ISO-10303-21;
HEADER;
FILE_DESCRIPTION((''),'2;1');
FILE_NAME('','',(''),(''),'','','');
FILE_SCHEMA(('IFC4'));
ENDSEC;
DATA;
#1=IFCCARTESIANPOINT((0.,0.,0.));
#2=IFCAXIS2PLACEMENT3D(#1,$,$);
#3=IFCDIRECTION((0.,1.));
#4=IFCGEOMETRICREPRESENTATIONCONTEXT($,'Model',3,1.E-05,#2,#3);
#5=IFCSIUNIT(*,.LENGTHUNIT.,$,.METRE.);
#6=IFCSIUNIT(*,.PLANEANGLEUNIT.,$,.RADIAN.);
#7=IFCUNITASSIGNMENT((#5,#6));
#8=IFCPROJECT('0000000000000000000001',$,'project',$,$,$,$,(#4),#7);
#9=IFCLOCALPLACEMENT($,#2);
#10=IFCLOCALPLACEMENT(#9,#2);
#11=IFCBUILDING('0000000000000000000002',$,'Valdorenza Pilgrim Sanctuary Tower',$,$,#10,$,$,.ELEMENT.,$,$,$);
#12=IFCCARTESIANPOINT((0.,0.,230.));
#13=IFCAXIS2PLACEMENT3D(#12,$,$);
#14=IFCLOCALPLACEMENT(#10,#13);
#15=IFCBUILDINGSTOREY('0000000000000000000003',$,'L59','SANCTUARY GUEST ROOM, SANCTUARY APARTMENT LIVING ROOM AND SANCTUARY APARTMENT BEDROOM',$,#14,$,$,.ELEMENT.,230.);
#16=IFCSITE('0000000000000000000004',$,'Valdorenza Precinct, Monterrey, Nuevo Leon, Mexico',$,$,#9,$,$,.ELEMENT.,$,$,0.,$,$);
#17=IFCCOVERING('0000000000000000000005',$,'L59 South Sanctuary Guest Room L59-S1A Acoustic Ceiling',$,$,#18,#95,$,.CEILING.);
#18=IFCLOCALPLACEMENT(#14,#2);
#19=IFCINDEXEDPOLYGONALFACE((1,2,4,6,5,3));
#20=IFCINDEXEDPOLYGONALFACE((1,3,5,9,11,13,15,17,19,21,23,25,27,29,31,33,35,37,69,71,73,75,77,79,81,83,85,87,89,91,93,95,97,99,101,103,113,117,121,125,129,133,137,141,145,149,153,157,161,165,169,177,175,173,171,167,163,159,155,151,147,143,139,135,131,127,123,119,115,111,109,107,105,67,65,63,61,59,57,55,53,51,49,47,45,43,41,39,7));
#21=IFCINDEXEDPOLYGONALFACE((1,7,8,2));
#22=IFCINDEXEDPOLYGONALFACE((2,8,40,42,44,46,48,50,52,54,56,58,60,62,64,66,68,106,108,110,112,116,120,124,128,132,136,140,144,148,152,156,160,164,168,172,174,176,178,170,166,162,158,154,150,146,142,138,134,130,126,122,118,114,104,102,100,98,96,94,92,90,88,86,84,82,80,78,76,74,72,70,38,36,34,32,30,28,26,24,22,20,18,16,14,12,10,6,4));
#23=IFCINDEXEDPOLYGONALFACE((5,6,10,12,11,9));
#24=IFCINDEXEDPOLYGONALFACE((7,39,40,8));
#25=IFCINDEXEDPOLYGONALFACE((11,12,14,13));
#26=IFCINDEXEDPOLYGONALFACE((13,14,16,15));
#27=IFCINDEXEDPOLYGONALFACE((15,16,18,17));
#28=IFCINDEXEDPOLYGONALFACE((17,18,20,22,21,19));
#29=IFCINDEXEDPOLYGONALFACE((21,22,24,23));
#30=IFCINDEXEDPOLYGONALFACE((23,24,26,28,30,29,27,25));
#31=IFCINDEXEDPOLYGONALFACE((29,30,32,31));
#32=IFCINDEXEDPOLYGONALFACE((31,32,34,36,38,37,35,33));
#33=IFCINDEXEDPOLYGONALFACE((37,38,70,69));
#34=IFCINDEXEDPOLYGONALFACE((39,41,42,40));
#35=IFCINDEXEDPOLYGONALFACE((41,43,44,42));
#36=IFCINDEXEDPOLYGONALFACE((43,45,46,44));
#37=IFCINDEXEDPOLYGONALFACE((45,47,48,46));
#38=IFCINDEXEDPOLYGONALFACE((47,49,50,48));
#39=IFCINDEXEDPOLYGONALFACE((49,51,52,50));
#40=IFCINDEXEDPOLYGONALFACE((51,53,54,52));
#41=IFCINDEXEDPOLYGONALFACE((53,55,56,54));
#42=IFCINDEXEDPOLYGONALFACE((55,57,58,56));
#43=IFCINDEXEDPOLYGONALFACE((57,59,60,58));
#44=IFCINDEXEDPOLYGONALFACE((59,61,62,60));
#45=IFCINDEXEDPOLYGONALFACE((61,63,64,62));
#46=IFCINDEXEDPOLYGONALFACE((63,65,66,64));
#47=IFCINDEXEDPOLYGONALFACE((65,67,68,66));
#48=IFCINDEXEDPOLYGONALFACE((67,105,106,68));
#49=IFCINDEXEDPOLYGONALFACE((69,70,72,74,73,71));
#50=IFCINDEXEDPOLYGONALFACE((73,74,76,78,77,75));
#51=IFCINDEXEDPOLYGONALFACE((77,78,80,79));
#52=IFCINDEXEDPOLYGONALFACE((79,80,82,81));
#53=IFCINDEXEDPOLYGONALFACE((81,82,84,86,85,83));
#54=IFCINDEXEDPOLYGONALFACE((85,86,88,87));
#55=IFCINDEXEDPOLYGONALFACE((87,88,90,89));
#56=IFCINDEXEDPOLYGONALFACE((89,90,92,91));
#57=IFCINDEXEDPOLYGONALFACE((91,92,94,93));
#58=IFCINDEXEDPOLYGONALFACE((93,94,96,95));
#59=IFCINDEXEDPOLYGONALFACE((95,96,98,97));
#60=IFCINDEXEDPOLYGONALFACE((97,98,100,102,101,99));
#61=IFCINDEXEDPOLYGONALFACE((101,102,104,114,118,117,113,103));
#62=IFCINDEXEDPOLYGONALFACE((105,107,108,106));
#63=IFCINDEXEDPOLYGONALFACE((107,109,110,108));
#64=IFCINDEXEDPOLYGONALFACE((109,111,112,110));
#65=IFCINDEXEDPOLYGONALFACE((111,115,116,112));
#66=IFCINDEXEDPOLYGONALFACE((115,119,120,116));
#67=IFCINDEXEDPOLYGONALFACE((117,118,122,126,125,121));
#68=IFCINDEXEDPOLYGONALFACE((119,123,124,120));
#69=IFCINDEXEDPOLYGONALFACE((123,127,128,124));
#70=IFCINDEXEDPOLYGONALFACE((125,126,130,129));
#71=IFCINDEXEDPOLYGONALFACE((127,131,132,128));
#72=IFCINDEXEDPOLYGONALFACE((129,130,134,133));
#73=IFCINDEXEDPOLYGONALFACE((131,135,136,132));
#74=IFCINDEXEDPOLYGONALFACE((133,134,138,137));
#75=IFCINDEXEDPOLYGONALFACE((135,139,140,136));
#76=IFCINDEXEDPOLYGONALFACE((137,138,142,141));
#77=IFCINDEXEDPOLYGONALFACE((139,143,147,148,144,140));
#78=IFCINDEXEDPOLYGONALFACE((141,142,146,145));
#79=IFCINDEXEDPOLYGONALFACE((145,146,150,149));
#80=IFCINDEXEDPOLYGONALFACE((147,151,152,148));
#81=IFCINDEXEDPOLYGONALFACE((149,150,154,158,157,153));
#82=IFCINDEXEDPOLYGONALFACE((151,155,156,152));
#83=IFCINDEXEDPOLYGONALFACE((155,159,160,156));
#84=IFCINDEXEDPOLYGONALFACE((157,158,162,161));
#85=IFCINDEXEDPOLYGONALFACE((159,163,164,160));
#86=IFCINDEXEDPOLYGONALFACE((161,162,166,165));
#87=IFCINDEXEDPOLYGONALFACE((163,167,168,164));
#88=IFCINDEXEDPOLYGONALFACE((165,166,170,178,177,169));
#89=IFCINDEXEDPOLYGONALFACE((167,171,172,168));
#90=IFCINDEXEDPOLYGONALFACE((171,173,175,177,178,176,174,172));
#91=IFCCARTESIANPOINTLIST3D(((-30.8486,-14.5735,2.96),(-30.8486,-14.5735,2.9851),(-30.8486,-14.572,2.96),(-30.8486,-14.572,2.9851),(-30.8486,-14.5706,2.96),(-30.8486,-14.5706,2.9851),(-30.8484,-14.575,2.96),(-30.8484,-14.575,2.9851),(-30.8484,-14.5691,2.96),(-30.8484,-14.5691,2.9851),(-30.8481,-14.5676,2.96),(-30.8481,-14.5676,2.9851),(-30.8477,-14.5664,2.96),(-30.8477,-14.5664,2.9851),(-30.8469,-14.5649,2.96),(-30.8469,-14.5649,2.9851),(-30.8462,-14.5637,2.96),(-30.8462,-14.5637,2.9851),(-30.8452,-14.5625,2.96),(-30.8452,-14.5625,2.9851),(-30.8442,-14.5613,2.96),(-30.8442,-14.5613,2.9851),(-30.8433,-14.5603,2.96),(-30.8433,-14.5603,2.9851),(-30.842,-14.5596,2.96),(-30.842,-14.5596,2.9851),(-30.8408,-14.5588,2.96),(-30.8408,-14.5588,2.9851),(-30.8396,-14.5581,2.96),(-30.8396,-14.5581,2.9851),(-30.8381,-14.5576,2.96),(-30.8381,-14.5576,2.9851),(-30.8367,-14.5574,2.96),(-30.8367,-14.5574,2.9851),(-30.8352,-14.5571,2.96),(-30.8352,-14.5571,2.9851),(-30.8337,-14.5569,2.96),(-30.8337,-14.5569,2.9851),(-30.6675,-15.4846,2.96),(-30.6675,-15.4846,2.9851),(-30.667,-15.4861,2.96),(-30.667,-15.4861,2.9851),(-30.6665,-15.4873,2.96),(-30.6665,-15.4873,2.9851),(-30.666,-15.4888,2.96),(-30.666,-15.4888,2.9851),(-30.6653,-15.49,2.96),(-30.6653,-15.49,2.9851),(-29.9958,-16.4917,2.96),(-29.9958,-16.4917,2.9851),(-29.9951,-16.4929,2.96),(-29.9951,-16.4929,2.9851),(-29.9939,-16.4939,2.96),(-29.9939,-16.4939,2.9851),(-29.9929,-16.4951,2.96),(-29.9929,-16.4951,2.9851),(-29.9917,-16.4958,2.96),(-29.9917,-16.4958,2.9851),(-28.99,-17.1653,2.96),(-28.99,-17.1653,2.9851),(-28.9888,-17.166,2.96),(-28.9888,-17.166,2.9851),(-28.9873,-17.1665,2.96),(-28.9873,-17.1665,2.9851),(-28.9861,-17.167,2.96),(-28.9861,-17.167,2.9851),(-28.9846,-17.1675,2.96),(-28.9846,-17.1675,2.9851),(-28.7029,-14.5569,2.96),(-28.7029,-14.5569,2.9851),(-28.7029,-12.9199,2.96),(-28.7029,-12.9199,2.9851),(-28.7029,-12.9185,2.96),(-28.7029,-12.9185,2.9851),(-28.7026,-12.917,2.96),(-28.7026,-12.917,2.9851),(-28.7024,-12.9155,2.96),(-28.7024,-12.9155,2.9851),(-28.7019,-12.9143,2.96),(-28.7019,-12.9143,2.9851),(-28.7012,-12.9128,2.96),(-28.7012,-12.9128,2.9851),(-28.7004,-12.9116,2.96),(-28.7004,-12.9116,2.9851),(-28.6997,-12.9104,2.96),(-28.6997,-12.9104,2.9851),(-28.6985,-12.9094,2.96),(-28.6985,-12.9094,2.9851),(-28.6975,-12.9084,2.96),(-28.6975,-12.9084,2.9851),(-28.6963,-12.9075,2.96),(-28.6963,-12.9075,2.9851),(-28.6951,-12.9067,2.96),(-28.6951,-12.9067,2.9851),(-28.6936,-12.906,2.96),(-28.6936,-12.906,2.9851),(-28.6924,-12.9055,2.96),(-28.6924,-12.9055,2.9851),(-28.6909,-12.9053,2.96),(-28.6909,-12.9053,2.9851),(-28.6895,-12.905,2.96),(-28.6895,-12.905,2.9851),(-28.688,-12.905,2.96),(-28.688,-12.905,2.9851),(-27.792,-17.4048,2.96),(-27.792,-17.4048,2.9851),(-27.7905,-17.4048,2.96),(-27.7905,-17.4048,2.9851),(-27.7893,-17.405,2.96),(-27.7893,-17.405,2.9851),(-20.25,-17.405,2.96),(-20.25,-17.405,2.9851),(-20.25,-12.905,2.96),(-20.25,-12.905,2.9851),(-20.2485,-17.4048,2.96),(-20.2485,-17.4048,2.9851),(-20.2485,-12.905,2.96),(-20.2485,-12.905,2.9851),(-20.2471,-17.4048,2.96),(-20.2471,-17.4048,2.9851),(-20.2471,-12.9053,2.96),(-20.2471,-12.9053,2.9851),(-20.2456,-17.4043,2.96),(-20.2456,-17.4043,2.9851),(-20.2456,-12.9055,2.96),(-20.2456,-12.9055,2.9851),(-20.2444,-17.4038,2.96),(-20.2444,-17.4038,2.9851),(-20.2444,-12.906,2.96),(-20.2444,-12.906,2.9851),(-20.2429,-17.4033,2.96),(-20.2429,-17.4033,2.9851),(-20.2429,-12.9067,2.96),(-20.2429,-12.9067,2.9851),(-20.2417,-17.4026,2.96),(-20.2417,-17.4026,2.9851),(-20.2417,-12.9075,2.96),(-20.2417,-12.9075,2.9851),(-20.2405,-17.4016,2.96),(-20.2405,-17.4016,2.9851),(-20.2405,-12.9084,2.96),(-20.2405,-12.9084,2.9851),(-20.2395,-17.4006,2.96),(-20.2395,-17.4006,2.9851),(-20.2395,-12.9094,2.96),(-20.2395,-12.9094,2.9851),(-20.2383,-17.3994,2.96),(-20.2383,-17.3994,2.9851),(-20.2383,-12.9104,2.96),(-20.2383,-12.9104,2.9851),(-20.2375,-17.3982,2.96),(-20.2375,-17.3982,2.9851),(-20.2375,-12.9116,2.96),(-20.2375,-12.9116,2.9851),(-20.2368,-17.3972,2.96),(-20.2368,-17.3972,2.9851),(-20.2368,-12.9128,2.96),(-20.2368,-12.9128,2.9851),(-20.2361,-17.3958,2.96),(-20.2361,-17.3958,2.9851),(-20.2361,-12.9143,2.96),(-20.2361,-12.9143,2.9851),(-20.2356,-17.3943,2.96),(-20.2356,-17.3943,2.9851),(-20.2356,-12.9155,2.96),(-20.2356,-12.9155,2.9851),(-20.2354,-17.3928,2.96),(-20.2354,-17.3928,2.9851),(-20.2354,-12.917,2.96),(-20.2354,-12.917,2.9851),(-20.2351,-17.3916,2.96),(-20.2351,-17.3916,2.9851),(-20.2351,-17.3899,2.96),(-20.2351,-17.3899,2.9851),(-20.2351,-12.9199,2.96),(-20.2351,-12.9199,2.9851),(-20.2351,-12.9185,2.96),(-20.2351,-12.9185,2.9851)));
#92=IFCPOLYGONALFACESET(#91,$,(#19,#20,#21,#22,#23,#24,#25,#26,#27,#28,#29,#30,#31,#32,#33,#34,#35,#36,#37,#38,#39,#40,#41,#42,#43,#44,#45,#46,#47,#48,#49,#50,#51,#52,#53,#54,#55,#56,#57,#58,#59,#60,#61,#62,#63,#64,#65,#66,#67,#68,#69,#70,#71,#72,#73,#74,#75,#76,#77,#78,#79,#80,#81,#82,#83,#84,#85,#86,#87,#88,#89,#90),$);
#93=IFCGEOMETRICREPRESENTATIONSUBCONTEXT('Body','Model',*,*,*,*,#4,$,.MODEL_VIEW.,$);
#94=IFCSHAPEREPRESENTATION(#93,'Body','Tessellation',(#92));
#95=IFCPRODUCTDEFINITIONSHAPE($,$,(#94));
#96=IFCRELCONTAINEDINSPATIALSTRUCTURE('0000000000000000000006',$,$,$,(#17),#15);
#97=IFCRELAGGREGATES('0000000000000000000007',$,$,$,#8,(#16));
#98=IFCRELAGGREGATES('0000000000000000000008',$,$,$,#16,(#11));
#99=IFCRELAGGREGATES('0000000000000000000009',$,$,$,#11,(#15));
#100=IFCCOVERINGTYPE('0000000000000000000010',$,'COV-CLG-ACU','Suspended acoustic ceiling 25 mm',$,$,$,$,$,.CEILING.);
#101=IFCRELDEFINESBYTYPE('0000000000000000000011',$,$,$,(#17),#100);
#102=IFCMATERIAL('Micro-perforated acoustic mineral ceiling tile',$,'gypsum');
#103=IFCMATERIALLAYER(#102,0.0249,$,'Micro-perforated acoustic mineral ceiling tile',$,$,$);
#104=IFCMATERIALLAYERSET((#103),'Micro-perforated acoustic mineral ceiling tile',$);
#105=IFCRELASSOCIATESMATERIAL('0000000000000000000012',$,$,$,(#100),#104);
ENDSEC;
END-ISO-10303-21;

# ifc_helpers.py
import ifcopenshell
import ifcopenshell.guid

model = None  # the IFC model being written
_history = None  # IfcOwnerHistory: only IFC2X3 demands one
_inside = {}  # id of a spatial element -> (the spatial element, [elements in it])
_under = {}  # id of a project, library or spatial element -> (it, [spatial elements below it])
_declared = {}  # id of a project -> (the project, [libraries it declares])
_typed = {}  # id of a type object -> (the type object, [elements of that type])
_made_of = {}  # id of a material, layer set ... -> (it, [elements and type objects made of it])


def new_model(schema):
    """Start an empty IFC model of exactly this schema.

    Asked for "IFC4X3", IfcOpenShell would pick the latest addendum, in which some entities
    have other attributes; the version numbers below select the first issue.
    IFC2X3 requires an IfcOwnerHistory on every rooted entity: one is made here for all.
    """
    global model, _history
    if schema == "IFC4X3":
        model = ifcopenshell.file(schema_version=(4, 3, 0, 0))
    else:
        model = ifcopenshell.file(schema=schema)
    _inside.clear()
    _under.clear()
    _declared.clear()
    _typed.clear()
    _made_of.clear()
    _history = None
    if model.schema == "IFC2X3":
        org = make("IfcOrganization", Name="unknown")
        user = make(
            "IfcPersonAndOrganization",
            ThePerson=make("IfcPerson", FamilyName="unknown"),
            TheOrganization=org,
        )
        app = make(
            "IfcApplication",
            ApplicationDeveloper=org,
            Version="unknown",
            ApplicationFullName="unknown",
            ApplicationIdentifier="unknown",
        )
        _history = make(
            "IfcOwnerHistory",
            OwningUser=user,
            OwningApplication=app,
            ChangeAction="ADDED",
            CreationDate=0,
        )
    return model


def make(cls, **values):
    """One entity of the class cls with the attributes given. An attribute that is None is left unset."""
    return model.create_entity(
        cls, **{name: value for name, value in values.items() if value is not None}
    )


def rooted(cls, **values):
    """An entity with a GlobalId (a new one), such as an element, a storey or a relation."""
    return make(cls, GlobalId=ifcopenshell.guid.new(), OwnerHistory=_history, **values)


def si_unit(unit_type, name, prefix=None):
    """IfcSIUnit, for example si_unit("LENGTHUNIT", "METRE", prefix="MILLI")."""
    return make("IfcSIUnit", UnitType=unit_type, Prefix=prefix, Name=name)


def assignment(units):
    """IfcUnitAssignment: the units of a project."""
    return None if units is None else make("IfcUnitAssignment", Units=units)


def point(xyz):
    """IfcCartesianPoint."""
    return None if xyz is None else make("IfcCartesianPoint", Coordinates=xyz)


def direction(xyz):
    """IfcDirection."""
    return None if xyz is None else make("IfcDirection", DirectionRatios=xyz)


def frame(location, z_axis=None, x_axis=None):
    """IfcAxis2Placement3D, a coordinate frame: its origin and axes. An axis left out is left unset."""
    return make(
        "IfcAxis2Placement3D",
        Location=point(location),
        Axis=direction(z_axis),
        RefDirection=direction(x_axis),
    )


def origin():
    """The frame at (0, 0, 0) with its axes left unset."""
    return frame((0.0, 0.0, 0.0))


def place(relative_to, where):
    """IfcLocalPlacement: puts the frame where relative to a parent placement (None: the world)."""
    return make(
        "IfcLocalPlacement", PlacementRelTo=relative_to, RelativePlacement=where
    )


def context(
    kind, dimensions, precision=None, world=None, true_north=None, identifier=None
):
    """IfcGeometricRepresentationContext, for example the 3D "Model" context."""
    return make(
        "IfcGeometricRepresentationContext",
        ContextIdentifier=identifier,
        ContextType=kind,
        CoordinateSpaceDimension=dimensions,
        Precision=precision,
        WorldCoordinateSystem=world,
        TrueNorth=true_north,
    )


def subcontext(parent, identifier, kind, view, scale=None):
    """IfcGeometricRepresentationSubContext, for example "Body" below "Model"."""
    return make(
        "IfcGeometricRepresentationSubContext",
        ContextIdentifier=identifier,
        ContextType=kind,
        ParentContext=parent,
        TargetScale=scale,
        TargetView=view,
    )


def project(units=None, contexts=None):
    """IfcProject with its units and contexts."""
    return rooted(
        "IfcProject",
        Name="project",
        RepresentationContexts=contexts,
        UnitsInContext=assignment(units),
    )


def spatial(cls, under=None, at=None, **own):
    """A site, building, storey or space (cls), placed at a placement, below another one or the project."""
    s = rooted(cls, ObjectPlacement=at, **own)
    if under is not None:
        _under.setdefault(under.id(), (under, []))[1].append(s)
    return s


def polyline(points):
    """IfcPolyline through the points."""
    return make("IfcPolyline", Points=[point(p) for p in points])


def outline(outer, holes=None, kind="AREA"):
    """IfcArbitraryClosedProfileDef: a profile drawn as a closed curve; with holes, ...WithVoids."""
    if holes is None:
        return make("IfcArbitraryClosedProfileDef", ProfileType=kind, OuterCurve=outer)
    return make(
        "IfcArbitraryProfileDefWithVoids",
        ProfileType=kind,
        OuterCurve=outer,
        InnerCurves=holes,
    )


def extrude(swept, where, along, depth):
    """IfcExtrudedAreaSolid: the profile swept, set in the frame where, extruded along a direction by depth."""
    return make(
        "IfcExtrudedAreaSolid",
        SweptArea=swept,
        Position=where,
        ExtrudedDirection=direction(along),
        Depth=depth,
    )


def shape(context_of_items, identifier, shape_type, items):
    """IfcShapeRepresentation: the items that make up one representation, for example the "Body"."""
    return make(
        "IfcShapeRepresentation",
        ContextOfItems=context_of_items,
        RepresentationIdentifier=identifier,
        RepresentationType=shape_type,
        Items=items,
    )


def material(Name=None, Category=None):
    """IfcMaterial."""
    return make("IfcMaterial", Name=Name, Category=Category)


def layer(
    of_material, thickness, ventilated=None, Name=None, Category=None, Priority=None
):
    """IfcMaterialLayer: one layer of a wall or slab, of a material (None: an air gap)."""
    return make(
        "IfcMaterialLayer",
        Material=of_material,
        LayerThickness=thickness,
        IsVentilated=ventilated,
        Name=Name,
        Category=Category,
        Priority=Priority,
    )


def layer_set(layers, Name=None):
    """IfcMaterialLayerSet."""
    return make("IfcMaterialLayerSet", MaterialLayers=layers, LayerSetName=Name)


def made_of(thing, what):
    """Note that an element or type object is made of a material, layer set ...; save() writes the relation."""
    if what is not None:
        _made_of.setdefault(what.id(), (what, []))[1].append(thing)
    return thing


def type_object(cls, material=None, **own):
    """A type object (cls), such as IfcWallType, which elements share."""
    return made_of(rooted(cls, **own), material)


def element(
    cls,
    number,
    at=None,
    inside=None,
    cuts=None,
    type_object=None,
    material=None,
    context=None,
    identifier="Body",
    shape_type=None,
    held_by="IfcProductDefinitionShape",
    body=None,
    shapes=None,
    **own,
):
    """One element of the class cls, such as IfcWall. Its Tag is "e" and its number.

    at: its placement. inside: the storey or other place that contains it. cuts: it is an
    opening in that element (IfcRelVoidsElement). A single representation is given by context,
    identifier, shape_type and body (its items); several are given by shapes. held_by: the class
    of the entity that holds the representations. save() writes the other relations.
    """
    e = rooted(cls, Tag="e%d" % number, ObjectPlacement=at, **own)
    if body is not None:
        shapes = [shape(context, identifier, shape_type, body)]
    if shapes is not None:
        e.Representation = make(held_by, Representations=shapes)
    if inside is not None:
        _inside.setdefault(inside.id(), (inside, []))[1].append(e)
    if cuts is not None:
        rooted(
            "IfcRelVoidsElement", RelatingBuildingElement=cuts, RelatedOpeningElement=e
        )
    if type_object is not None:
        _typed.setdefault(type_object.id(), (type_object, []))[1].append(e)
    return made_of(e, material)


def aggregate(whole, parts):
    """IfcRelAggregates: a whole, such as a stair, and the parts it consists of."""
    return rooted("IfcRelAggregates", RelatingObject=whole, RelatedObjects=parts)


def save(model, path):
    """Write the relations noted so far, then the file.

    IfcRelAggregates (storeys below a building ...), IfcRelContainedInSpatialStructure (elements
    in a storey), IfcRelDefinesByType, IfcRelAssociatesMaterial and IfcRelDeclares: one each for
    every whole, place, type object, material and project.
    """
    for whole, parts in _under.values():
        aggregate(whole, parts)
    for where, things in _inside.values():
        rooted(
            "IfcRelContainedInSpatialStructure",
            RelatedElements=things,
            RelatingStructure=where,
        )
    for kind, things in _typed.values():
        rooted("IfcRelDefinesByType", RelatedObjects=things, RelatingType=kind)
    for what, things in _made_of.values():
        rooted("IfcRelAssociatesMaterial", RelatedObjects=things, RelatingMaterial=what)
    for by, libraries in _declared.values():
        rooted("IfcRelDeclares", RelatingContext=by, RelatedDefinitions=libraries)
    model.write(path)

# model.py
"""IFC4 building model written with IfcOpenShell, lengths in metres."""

from ifc_helpers import new_model, si_unit, direction, frame, origin, place, context, subcontext, project, spatial, polyline, outline, extrude, material, layer, layer_set, type_object, element, save


model = new_model("IFC4")

# Units and contexts
model_context = context("Model", 3, precision=1e-05, world=origin(), true_north=direction((0.0, 1.0)))
body_context = subcontext(model_context, "Body", "Model", "MODEL_VIEW")
ifc_project = project(units=[si_unit("LENGTHUNIT", "METRE"), si_unit("PLANEANGLEUNIT", "RADIAN")], contexts=[model_context])

# Site, building, storey
site_placement = place(None, origin())
site = spatial("IfcSite", under=ifc_project, at=site_placement, Name="Valdorenza Precinct, Monterrey, Nuevo Leon, Mexico", CompositionType="ELEMENT", RefElevation=0.0)
building_placement = place(site_placement, origin())
building = spatial("IfcBuilding", under=site, at=building_placement, Name="Valdorenza Pilgrim Sanctuary Tower", CompositionType="ELEMENT")
storey_placement = place(building_placement, frame((0.0, 0.0, 230.0)))
storey = spatial("IfcBuildingStorey", under=building, at=storey_placement, Name="L59", Description="SANCTUARY GUEST ROOM, SANCTUARY APARTMENT LIVING ROOM AND SANCTUARY APARTMENT BEDROOM", CompositionType="ELEMENT", Elevation=230.0)

# Covering
ifc_material_1 = material(Name="Micro-perforated acoustic mineral ceiling tile", Category="gypsum")
ifc_layer_1 = layer(ifc_material_1, 0.0249, Name="Micro-perforated acoustic mineral ceiling tile")
ifc_layer_set_1 = layer_set([ifc_layer_1], Name="Micro-perforated acoustic mineral ceiling tile")
covering_type_1 = type_object("IfcCoveringType", Name="COV-CLG-ACU", Description="Suspended acoustic ceiling 25 mm", PredefinedType="CEILING", material=ifc_layer_set_1)
covering_1_placement = place(storey_placement, frame((0.0, 0.0, 2.96)))
element("IfcCovering", 1, at=covering_1_placement, inside=storey, type_object=covering_type_1, Name="L59 South Sanctuary Guest Room L59-S1A Acoustic Ceiling", PredefinedType="CEILING", context=body_context, shape_type="SweptSolid", body=[
    extrude(outline(polyline([(-28.7029, -14.5569), (-28.7029, -12.9199), (-28.7029, -12.9185), (-28.7026, -12.917), (-28.7024, -12.9155), (-28.7019, -12.9143), (-28.7012, -12.9128), (-28.7004, -12.9116), (-28.6997, -12.9104), (-28.6985, -12.9094), (-28.6975, -12.9084), (-28.6963, -12.9075), (-28.6951, -12.9067), (-28.6936, -12.906), (-28.6924, -12.9055), (-28.6909, -12.9053), (-28.6895, -12.905), (-28.688, -12.905), (-20.25, -12.905), (-20.2485, -12.905), (-20.2471, -12.9053), (-20.2456, -12.9055), (-20.2444, -12.906), (-20.2429, -12.9067), (-20.2417, -12.9075), (-20.2405, -12.9084), (-20.2395, -12.9094), (-20.2383, -12.9104), (-20.2375, -12.9116), (-20.2368, -12.9128), (-20.2361, -12.9143), (-20.2356, -12.9155), (-20.2354, -12.917), (-20.2351, -12.9185), (-20.2351, -12.9199), (-20.2351, -17.3899), (-20.2351, -17.3916), (-20.2354, -17.3928), (-20.2356, -17.3943), (-20.2361, -17.3958), (-20.2368, -17.3972), (-20.2375, -17.3982), (-20.2383, -17.3994), (-20.2395, -17.4006), (-20.2405, -17.4016), (-20.2417, -17.4026), (-20.2429, -17.4033), (-20.2444, -17.4038), (-20.2456, -17.4043), (-20.2471, -17.4048), (-20.2485, -17.4048), (-20.25, -17.405), (-27.7893, -17.405), (-27.7905, -17.4048), (-27.792, -17.4048), (-28.9846, -17.1675), (-28.9861, -17.167), (-28.9873, -17.1665), (-28.9888, -17.166), (-28.99, -17.1653), (-29.9917, -16.4958), (-29.9929, -16.4951), (-29.9939, -16.4939), (-29.9951, -16.4929), (-29.9958, -16.4917), (-30.6653, -15.49), (-30.666, -15.4888), (-30.6665, -15.4873), (-30.667, -15.4861), (-30.6675, -15.4846), (-30.8484, -14.575), (-30.8486, -14.5735), (-30.8486, -14.572), (-30.8486, -14.5706), (-30.8484, -14.5691), (-30.8481, -14.5676), (-30.8477, -14.5664), (-30.8469, -14.5649), (-30.8462, -14.5637), (-30.8452, -14.5625), (-30.8442, -14.5613), (-30.8433, -14.5603), (-30.842, -14.5596), (-30.8408, -14.5588), (-30.8396, -14.5581), (-30.8381, -14.5576), (-30.8367, -14.5574), (-30.8352, -14.5571), (-30.8337, -14.5569), (-28.7029, -14.5569)])), origin(), (0.0, 0.0, 1.0), 0.0251),
])

save(model, "model.ifc")
